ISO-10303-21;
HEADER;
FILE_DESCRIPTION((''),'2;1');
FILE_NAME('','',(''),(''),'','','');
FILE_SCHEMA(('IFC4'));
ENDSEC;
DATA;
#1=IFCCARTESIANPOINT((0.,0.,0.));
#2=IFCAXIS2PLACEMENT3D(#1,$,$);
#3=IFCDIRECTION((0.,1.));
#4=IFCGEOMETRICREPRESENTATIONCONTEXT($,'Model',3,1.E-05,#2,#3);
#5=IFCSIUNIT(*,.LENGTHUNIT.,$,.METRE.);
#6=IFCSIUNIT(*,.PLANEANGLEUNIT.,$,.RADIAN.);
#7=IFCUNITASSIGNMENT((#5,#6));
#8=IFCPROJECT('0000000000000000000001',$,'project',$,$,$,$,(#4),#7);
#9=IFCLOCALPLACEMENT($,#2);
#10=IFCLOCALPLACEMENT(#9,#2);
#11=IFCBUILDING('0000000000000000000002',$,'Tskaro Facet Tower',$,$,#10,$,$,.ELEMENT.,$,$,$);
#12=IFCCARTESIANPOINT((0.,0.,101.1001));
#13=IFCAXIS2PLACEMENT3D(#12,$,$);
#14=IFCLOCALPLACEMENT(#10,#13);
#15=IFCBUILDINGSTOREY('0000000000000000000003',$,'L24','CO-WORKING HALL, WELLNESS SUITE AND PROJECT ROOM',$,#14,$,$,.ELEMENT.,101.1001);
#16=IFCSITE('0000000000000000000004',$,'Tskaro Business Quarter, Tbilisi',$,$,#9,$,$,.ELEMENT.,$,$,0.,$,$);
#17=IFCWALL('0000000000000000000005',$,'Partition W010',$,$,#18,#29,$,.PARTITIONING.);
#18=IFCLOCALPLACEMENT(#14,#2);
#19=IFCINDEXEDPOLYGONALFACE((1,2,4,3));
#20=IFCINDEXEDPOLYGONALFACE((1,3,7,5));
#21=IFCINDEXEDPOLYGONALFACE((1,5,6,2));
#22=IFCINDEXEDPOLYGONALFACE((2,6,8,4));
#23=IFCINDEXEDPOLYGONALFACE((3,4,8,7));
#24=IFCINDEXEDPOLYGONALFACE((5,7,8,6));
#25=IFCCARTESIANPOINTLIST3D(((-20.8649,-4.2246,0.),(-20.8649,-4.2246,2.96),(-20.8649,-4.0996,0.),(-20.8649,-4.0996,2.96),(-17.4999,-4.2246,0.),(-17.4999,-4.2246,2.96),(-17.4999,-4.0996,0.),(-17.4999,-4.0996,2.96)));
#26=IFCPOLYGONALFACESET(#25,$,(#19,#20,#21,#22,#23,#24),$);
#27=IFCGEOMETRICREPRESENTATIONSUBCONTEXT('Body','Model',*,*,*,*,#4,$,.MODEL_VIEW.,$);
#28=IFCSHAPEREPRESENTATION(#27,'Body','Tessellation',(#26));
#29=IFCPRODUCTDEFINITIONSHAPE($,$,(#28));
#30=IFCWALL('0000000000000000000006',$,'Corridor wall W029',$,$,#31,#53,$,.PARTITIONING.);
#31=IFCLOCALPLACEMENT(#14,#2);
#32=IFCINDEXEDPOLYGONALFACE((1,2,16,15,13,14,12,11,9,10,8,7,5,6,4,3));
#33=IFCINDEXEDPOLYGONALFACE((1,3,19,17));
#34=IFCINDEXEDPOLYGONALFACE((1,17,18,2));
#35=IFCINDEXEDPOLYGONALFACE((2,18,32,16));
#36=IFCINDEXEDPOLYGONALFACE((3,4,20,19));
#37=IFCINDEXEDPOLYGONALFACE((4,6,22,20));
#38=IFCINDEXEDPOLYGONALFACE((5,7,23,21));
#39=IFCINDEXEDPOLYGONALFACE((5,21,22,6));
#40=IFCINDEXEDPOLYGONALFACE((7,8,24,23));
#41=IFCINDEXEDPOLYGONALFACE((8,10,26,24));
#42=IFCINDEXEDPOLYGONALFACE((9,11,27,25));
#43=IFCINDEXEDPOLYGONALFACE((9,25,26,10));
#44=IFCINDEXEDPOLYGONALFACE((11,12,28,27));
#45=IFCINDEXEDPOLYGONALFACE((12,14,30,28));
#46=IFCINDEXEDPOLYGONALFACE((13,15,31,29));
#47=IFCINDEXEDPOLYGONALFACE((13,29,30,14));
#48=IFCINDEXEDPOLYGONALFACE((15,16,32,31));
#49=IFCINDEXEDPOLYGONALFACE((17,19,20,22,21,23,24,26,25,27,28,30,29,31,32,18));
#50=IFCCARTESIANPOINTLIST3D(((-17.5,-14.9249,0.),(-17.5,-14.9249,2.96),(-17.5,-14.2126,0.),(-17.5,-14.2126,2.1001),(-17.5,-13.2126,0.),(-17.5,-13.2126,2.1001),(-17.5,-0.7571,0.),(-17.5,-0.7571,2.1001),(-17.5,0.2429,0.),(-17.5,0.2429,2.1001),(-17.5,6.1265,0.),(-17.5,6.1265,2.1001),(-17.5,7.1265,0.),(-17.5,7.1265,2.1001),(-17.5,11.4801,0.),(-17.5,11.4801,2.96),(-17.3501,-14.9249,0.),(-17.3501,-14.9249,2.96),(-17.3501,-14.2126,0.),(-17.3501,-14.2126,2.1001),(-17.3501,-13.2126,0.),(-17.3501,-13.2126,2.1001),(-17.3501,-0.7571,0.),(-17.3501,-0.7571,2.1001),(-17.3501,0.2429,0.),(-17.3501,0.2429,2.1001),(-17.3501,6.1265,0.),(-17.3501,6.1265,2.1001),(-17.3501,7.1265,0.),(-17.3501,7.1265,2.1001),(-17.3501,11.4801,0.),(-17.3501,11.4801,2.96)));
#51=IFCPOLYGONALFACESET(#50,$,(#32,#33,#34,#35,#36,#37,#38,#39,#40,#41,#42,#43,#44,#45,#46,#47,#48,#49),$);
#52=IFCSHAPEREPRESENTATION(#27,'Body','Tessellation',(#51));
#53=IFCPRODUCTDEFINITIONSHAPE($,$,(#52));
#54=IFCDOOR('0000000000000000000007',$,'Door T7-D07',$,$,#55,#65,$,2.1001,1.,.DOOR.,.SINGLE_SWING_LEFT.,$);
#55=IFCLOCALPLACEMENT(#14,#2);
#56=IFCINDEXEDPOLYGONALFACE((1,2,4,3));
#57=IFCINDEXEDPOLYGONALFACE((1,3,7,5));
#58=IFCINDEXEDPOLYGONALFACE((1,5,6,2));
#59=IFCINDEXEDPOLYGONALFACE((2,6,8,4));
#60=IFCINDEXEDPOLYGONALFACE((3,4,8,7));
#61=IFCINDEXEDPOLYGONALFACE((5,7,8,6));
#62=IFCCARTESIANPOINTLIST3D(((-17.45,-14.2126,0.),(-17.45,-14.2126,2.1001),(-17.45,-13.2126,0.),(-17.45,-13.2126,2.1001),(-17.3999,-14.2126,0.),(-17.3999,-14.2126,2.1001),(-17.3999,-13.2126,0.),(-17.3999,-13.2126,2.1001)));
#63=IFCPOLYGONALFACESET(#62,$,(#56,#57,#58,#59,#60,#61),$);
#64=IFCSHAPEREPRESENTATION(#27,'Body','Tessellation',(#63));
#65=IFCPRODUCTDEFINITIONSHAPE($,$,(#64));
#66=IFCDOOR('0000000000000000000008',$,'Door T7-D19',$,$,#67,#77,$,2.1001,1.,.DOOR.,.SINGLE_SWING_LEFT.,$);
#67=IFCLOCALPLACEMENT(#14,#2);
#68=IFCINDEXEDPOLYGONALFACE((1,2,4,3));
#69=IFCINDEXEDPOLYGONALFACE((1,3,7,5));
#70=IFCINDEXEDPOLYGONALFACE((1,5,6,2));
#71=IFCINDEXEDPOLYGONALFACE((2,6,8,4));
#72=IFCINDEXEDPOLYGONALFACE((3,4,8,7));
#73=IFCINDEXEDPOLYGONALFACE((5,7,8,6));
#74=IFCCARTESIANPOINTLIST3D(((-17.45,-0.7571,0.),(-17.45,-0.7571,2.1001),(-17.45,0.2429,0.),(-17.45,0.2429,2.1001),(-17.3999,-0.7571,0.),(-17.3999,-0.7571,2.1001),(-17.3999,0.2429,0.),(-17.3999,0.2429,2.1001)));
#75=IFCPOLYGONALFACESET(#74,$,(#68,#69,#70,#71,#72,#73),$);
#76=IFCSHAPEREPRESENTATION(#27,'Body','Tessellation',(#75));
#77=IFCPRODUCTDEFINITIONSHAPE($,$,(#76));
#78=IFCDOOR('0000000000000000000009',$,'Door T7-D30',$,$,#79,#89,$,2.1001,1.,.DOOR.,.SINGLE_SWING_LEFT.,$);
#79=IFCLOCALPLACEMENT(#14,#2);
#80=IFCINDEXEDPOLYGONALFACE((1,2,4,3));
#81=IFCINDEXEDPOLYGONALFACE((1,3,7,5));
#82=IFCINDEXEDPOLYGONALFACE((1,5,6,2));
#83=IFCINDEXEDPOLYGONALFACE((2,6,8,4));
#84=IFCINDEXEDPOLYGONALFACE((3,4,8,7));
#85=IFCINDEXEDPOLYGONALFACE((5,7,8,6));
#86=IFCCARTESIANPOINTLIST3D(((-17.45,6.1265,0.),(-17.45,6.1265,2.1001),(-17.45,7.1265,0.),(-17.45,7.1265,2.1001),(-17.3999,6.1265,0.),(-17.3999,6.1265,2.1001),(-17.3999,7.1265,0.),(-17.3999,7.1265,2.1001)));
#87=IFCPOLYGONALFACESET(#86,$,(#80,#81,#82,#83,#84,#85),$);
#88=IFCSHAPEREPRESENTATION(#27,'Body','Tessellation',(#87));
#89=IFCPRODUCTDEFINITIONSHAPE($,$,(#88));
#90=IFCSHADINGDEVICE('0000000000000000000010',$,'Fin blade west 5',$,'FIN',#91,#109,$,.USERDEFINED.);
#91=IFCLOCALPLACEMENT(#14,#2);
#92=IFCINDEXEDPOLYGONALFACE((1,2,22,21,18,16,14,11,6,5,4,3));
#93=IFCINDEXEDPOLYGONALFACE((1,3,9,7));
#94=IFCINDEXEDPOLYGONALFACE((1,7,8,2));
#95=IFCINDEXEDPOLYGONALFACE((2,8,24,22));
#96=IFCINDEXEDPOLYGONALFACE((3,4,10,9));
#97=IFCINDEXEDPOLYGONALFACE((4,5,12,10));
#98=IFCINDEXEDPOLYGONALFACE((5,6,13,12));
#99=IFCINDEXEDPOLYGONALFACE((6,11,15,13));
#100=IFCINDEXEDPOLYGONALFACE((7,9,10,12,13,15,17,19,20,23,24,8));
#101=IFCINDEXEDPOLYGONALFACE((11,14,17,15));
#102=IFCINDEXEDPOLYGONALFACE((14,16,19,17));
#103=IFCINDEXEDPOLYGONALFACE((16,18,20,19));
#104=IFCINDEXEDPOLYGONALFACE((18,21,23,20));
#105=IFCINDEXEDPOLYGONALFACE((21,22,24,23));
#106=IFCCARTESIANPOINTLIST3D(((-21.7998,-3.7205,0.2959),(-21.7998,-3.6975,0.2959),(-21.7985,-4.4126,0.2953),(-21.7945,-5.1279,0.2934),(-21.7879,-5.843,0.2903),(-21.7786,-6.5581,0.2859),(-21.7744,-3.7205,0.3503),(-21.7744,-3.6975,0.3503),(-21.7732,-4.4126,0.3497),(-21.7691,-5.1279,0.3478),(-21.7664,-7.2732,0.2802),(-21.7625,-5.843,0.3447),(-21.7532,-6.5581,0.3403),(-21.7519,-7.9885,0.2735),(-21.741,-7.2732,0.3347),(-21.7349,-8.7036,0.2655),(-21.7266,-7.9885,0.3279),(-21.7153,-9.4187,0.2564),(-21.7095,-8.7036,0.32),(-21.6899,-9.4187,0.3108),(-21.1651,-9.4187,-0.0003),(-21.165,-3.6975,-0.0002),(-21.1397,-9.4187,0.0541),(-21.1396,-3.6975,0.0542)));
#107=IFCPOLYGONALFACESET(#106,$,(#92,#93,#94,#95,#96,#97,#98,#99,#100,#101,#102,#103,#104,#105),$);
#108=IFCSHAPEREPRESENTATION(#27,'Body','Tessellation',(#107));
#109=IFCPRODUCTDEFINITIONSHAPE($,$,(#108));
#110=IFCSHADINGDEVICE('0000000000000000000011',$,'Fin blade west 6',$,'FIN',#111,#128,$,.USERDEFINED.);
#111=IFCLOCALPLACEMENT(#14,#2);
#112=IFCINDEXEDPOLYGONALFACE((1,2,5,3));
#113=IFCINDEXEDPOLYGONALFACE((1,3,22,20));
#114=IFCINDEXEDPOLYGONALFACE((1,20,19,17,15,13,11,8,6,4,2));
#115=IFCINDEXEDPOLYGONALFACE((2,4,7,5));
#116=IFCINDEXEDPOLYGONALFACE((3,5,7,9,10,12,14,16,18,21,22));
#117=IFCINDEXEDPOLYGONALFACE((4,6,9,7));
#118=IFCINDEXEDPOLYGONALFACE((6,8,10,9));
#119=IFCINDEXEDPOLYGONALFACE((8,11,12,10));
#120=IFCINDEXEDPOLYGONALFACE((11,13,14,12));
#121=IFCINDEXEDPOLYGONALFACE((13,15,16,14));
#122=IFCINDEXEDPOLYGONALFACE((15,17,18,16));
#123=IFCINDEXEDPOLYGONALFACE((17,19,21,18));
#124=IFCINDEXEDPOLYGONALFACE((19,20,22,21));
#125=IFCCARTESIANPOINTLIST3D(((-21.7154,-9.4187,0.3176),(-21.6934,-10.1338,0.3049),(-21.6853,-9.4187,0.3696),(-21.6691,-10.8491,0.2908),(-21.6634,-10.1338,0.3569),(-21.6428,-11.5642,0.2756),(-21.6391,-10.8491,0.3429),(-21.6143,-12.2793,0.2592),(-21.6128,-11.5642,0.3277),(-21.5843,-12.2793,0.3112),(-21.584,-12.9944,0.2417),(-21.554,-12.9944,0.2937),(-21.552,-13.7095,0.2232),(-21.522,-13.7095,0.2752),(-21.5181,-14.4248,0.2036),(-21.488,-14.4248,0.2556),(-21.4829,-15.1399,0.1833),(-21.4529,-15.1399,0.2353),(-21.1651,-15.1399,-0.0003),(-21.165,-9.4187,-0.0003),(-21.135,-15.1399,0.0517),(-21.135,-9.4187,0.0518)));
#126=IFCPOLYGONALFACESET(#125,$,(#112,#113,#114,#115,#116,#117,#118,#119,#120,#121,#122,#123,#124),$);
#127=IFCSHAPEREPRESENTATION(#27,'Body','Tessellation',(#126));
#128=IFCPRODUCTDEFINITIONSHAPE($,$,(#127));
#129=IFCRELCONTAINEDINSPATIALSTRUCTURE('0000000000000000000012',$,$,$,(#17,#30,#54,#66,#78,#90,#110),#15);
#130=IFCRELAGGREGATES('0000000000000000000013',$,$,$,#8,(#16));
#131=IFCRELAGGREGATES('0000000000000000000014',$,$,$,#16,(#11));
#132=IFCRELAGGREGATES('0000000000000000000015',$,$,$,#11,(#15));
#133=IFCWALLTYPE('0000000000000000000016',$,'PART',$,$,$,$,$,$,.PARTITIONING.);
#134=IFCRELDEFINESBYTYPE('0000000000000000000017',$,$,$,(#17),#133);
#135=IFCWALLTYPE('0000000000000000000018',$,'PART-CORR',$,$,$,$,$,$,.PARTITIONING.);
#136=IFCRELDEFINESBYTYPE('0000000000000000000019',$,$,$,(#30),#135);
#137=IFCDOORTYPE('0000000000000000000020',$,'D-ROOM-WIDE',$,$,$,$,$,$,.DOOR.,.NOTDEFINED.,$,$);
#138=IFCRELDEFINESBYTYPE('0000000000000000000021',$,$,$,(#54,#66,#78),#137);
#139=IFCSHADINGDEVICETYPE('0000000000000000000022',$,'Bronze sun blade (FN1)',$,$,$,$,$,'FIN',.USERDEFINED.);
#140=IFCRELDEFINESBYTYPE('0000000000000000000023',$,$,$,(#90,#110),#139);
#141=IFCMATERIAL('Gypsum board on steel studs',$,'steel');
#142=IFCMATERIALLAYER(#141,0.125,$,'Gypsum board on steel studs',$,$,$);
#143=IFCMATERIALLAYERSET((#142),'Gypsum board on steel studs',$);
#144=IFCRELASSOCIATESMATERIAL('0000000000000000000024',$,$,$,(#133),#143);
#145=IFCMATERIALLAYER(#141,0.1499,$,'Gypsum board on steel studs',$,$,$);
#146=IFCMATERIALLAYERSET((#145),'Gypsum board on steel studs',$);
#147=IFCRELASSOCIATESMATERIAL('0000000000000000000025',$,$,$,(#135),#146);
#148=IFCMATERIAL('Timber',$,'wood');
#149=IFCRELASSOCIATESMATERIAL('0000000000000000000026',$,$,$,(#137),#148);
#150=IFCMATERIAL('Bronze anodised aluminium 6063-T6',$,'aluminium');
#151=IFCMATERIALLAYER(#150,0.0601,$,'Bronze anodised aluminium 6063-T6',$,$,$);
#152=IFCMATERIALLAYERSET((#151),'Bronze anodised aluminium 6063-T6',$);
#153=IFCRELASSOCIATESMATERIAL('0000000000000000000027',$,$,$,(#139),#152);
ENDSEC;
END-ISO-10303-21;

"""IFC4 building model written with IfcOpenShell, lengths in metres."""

from ifc_helpers import new_model, si_unit, direction, frame, frame_2d, origin, place, context, subcontext, project, spatial, polyline, rectangle, outline, extrude, material, layer, layer_set, type_object, element, fill, save


model = new_model("IFC4")

# Units and contexts
model_context = context("Model", 3, precision=1e-05, world=origin(), true_north=direction((0.0, 1.0)))
body_context = subcontext(model_context, "Body", "Model", "MODEL_VIEW")
ifc_project = project(units=[si_unit("LENGTHUNIT", "METRE"), si_unit("PLANEANGLEUNIT", "RADIAN")], contexts=[model_context])

# Site, building, storey
site_placement = place(None, origin())
site = spatial("IfcSite", under=ifc_project, at=site_placement, Name="Tskaro Business Quarter, Tbilisi", CompositionType="ELEMENT", RefElevation=0.0)
building_placement = place(site_placement, origin())
building = spatial("IfcBuilding", under=site, at=building_placement, Name="Tskaro Facet Tower", CompositionType="ELEMENT")
storey_placement = place(building_placement, frame((0.0, 0.0, 101.1001)))
storey = spatial("IfcBuildingStorey", under=building, at=storey_placement, Name="L24", Description="CO-WORKING HALL, WELLNESS SUITE AND PROJECT ROOM", CompositionType="ELEMENT", Elevation=101.1001)

# Shared definitions
ifc_material_1 = material(Name="Bronze anodised aluminium 6063-T6", Category="aluminium")

# Shared definitions
ifc_material_2 = material(Name="Timber", Category="wood")

# Wall
ifc_material_3 = material(Name="Gypsum board on steel studs", Category="steel")
ifc_layer_1 = layer(ifc_material_3, 0.125, Name="Gypsum board on steel studs")
ifc_layer_set_1 = layer_set([ifc_layer_1], Name="Gypsum board on steel studs")
wall_type_1 = type_object("IfcWallType", Name="PART", PredefinedType="PARTITIONING", material=ifc_layer_set_1)
wall_1_placement = place(storey_placement, frame((-20.865, -4.1621, 0.0), z_axis=(0.0, 0.0, 1.0), x_axis=(1.0, 0.0, 0.0)))
element("IfcWall", 1, at=wall_1_placement, inside=storey, type_object=wall_type_1, Name="Partition W010", PredefinedType="PARTITIONING", context=body_context, shape_type="SweptSolid", body=[
    extrude(rectangle(XDim=3.365, YDim=0.125, at=frame_2d((1.6826, 0.0))), origin(), (0.0, 0.0, 1.0), 2.96),
])

# Wall, openings, doors
ifc_layer_2 = layer(ifc_material_3, 0.1499, Name="Gypsum board on steel studs")
ifc_layer_set_2 = layer_set([ifc_layer_2], Name="Gypsum board on steel studs")
wall_type_2 = type_object("IfcWallType", Name="PART-CORR", PredefinedType="PARTITIONING", material=ifc_layer_set_2)
wall_2_placement = place(storey_placement, frame((-17.425, -14.925, 0.0), z_axis=(0.0, 0.0, 1.0), x_axis=(0.0, 1.0, 0.0)))
wall_2 = element("IfcWall", 2, at=wall_2_placement, inside=storey, type_object=wall_type_2, Name="Corridor wall W029", PredefinedType="PARTITIONING", context=body_context, shape_type="SweptSolid", body=[
    extrude(rectangle(XDim=26.405, YDim=0.1499, at=frame_2d((13.2026, 0.0))), origin(), (0.0, 0.0, 1.0), 2.96),
])
opening_1_placement = place(wall_2_placement, frame((0.7124, 0.0, 0.0)))
opening_1 = element("IfcOpeningElement", 3, at=opening_1_placement, cuts=wall_2, PredefinedType="OPENING", context=body_context, shape_type="SweptSolid", body=[
    extrude(rectangle(XDim=1.0, YDim=2.1001, at=frame_2d((0.5, 1.05))), frame((0.0, 0.085, 0.0), z_axis=(0.0, -1.0, 0.0), x_axis=(1.0, 0.0, 0.0)), (0.0, 0.0, 1.0), 0.1699),
])
opening_2_placement = place(wall_2_placement, frame((14.168, 0.0, 0.0)))
opening_2 = element("IfcOpeningElement", 4, at=opening_2_placement, cuts=wall_2, PredefinedType="OPENING", context=body_context, shape_type="SweptSolid", body=[
    extrude(rectangle(XDim=1.0, YDim=2.1001, at=frame_2d((0.5, 1.05))), frame((0.0, 0.085, 0.0), z_axis=(0.0, -1.0, 0.0), x_axis=(1.0, 0.0, 0.0)), (0.0, 0.0, 1.0), 0.1699),
])
opening_3_placement = place(wall_2_placement, frame((21.0515, 0.0, 0.0)))
opening_3 = element("IfcOpeningElement", 5, at=opening_3_placement, cuts=wall_2, PredefinedType="OPENING", context=body_context, shape_type="SweptSolid", body=[
    extrude(rectangle(XDim=1.0, YDim=2.1001, at=frame_2d((0.5, 1.05))), frame((0.0, 0.085, 0.0), z_axis=(0.0, -1.0, 0.0), x_axis=(1.0, 0.0, 0.0)), (0.0, 0.0, 1.0), 0.1699),
])
door_type_1 = type_object("IfcDoorType", Name="D-ROOM-WIDE", OperationType="NOTDEFINED", PredefinedType="DOOR", material=ifc_material_2)
door_1_placement = place(opening_1_placement, origin())
door_1 = element("IfcDoor", 6, at=door_1_placement, inside=storey, type_object=door_type_1, Name="Door T7-D07", OperationType="SINGLE_SWING_LEFT", OverallHeight=2.1001, OverallWidth=1.0, PredefinedType="DOOR", context=body_context, shape_type="SweptSolid", body=[
    extrude(rectangle(XDim=1.0, YDim=2.1001, at=frame_2d((0.5, 1.05))), frame((0.0, 0.0249, 0.0), z_axis=(0.0, -1.0, 0.0), x_axis=(1.0, 0.0, 0.0)), (0.0, 0.0, 1.0), 0.05),
])
fill(opening_1, door_1)
door_2_placement = place(opening_2_placement, origin())
door_2 = element("IfcDoor", 7, at=door_2_placement, inside=storey, type_object=door_type_1, Name="Door T7-D19", OperationType="SINGLE_SWING_LEFT", OverallHeight=2.1001, OverallWidth=1.0, PredefinedType="DOOR", context=body_context, shape_type="SweptSolid", body=[
    extrude(rectangle(XDim=1.0, YDim=2.1001, at=frame_2d((0.5, 1.05))), frame((0.0, 0.0249, 0.0), z_axis=(0.0, -1.0, 0.0), x_axis=(1.0, 0.0, 0.0)), (0.0, 0.0, 1.0), 0.05),
])
fill(opening_2, door_2)
door_3_placement = place(opening_3_placement, origin())
door_3 = element("IfcDoor", 8, at=door_3_placement, inside=storey, type_object=door_type_1, Name="Door T7-D30", OperationType="SINGLE_SWING_LEFT", OverallHeight=2.1001, OverallWidth=1.0, PredefinedType="DOOR", context=body_context, shape_type="SweptSolid", body=[
    extrude(rectangle(XDim=1.0, YDim=2.1001, at=frame_2d((0.5, 1.05))), frame((0.0, 0.0249, 0.0), z_axis=(0.0, -1.0, 0.0), x_axis=(1.0, 0.0, 0.0)), (0.0, 0.0, 1.0), 0.05),
])
fill(opening_3, door_3)

# Shading devices
ifc_layer_3 = layer(ifc_material_1, 0.0601, Name="Bronze anodised aluminium 6063-T6")
ifc_layer_set_3 = layer_set([ifc_layer_3], Name="Bronze anodised aluminium 6063-T6")
shading_device_type = type_object("IfcShadingDeviceType", Name="Bronze sun blade (FN1)", ElementType="FIN", PredefinedType="USERDEFINED", material=ifc_layer_set_3)
shading_device_1_placement = place(storey_placement, frame((-21.1396, -3.6975, 0.0542), z_axis=(0.422724, -0.000011, 0.906259), x_axis=(-0.000005, -1.0, -0.00001)))
element("IfcShadingDevice", 9, at=shading_device_1_placement, inside=storey, type_object=shading_device_type, Name="Fin blade west 5", ObjectType="FIN", PredefinedType="USERDEFINED", context=body_context, shape_type="SweptSolid", body=[
    extrude(outline(polyline([(0.0, 0.0), (5.7212, 0.0), (5.7212, -0.6072), (5.0061, -0.6288), (4.291, -0.6476), (3.5757, -0.6635), (2.8606, -0.677), (2.1455, -0.6872), (1.4304, -0.6945), (0.7151, -0.699), (0.0229, -0.7004), (0.0, -0.7004), (0.0, 0.0)])), origin(), (0.0, 0.0, -1.0), 0.0601),
])
shading_device_2_placement = place(storey_placement, frame((-21.135, -9.4187, 0.0518), z_axis=(0.500088, -0.000007, 0.865974), x_axis=(-0.000003, -1.0, -0.000006)))
element("IfcShadingDevice", 10, at=shading_device_2_placement, inside=storey, type_object=shading_device_type, Name="Fin blade west 6", ObjectType="FIN", PredefinedType="USERDEFINED", context=body_context, shape_type="SweptSolid", body=[
    extrude(outline(polyline([(0.0, 0.0), (5.7212, 0.0), (5.7212, -0.3671), (5.0061, -0.4077), (4.2908, -0.4468), (3.5757, -0.4838), (2.8606, -0.5188), (2.1455, -0.5517), (1.4304, -0.5821), (0.7151, -0.6101), (0.0, -0.6355), (0.0, 0.0)])), origin(), (0.0, 0.0, -1.0), 0.0601),
])

save(model, "model.ifc")
